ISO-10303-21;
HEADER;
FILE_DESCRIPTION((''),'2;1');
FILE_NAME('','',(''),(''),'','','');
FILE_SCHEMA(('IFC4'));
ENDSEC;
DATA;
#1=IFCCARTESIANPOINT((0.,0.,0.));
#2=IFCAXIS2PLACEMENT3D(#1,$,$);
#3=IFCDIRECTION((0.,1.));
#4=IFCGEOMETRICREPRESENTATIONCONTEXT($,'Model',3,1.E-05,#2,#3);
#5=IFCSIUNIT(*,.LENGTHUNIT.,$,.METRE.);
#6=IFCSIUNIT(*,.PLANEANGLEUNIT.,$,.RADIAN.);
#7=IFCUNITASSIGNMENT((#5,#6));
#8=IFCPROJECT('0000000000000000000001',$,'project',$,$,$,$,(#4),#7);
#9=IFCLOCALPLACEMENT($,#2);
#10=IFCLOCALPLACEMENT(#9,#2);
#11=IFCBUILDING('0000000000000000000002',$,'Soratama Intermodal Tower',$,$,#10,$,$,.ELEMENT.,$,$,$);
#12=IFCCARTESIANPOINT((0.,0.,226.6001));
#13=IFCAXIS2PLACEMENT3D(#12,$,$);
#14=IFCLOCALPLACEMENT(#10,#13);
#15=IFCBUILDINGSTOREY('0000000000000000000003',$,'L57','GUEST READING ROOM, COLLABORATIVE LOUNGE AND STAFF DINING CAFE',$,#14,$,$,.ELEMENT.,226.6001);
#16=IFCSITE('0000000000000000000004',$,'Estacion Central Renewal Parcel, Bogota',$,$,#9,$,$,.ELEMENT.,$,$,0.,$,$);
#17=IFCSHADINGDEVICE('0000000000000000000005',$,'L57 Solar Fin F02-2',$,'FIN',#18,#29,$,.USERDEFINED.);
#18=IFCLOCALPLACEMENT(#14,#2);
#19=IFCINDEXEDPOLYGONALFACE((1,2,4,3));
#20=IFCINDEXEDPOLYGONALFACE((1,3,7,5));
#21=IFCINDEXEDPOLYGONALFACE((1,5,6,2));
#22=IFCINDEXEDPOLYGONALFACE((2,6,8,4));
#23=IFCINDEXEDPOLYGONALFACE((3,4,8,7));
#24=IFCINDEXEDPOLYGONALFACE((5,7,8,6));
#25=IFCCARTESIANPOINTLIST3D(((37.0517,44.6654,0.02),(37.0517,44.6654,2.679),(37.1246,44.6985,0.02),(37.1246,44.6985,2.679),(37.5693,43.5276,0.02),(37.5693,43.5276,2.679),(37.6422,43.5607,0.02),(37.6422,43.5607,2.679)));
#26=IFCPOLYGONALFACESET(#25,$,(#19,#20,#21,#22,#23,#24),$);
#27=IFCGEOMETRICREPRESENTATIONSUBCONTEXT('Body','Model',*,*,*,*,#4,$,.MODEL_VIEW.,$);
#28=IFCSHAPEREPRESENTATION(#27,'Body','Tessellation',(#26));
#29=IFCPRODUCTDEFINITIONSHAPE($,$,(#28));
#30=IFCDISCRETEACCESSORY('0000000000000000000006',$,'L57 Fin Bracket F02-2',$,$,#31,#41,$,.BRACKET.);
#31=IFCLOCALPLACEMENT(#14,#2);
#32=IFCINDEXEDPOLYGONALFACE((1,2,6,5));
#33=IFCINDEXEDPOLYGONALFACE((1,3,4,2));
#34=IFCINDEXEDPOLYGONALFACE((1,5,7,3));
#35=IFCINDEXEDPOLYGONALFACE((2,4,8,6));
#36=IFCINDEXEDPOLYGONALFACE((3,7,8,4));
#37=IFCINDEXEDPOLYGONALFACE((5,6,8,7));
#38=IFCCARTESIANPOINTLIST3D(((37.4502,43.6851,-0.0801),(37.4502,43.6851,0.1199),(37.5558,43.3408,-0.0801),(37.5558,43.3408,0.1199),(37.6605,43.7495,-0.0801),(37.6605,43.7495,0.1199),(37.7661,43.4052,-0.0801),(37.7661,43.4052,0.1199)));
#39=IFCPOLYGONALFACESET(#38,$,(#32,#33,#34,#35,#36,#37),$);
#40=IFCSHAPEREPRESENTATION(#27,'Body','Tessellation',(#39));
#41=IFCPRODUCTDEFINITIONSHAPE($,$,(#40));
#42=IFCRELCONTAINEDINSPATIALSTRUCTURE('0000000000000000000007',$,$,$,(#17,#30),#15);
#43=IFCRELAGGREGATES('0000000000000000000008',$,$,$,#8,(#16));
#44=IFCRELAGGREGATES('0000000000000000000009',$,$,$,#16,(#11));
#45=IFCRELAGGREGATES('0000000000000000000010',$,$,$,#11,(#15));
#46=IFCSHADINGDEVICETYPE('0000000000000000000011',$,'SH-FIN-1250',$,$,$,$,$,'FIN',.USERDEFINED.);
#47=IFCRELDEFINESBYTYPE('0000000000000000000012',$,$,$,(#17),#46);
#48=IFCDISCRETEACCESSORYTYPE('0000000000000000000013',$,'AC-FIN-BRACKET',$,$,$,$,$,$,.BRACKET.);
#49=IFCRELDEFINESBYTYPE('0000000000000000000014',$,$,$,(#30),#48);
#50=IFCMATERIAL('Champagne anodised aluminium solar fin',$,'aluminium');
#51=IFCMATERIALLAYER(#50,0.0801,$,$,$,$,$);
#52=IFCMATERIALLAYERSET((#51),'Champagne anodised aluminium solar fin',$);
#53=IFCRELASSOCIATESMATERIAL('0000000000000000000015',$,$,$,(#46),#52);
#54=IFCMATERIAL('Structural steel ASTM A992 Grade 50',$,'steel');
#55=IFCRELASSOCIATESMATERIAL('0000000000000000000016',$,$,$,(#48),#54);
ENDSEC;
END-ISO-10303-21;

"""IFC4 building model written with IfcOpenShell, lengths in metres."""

from ifc_helpers import new_model, si_unit, direction, frame, origin, origin_2d, place, context, subcontext, project, spatial, rectangle, extrude, material, layer, layer_set, type_object, element, save


model = new_model("IFC4")

# Units and contexts
model_context = context("Model", 3, precision=1e-05, world=origin(), true_north=direction((0.0, 1.0)))
body_context = subcontext(model_context, "Body", "Model", "MODEL_VIEW")
ifc_project = project(units=[si_unit("LENGTHUNIT", "METRE"), si_unit("PLANEANGLEUNIT", "RADIAN")], contexts=[model_context])

# Site, building, storey
site_placement = place(None, origin())
site = spatial("IfcSite", under=ifc_project, at=site_placement, Name="Estacion Central Renewal Parcel, Bogota", CompositionType="ELEMENT", RefElevation=0.0)
building_placement = place(site_placement, origin())
building = spatial("IfcBuilding", under=site, at=building_placement, Name="Soratama Intermodal Tower", CompositionType="ELEMENT")
storey_placement = place(building_placement, frame((0.0, 0.0, 226.6001)))
storey = spatial("IfcBuildingStorey", under=building, at=storey_placement, Name="L57", Description="GUEST READING ROOM, COLLABORATIVE LOUNGE AND STAFF DINING CAFE", CompositionType="ELEMENT", Elevation=226.6001)

# Shading device
ifc_material_1 = material(Name="Champagne anodised aluminium solar fin", Category="aluminium")
ifc_layer_1 = layer(ifc_material_1, 0.0801)
ifc_layer_set_1 = layer_set([ifc_layer_1], Name="Champagne anodised aluminium solar fin")
shading_device_type = type_object("IfcShadingDeviceType", Name="SH-FIN-1250", ElementType="FIN", PredefinedType="USERDEFINED", material=ifc_layer_set_1)
shading_device_placement = place(storey_placement, frame((37.3469, 44.113, 0.02), z_axis=(0.0, 0.0, 1.0), x_axis=(-0.414058, 0.910251, 0.0)))
element("IfcShadingDevice", 1, at=shading_device_placement, inside=storey, type_object=shading_device_type, Name="L57 Solar Fin F02-2", ObjectType="FIN", PredefinedType="USERDEFINED", context=body_context, shape_type="SweptSolid", body=[
    extrude(rectangle(XDim=1.25, YDim=0.0801, at=origin_2d()), origin(), (0.0, 0.0, 1.0), 2.6589),
])

# Discrete accessory
ifc_material_2 = material(Name="Structural steel ASTM A992 Grade 50", Category="steel")
discrete_accessory_type = type_object("IfcDiscreteAccessoryType", Name="AC-FIN-BRACKET", PredefinedType="BRACKET", material=ifc_material_2)
discrete_accessory_placement = place(storey_placement, frame((37.6082, 43.5452, -0.0801), z_axis=(0.0, 0.0, 1.0), x_axis=(-0.293039, 0.9561, 0.0)))
element("IfcDiscreteAccessory", 2, at=discrete_accessory_placement, inside=storey, type_object=discrete_accessory_type, Name="L57 Fin Bracket F02-2", PredefinedType="BRACKET", context=body_context, shape_type="SweptSolid", body=[
    extrude(rectangle(XDim=0.3601, YDim=0.22, at=origin_2d()), origin(), (0.0, 0.0, 1.0), 0.2),
])

save(model, "model.ifc")
